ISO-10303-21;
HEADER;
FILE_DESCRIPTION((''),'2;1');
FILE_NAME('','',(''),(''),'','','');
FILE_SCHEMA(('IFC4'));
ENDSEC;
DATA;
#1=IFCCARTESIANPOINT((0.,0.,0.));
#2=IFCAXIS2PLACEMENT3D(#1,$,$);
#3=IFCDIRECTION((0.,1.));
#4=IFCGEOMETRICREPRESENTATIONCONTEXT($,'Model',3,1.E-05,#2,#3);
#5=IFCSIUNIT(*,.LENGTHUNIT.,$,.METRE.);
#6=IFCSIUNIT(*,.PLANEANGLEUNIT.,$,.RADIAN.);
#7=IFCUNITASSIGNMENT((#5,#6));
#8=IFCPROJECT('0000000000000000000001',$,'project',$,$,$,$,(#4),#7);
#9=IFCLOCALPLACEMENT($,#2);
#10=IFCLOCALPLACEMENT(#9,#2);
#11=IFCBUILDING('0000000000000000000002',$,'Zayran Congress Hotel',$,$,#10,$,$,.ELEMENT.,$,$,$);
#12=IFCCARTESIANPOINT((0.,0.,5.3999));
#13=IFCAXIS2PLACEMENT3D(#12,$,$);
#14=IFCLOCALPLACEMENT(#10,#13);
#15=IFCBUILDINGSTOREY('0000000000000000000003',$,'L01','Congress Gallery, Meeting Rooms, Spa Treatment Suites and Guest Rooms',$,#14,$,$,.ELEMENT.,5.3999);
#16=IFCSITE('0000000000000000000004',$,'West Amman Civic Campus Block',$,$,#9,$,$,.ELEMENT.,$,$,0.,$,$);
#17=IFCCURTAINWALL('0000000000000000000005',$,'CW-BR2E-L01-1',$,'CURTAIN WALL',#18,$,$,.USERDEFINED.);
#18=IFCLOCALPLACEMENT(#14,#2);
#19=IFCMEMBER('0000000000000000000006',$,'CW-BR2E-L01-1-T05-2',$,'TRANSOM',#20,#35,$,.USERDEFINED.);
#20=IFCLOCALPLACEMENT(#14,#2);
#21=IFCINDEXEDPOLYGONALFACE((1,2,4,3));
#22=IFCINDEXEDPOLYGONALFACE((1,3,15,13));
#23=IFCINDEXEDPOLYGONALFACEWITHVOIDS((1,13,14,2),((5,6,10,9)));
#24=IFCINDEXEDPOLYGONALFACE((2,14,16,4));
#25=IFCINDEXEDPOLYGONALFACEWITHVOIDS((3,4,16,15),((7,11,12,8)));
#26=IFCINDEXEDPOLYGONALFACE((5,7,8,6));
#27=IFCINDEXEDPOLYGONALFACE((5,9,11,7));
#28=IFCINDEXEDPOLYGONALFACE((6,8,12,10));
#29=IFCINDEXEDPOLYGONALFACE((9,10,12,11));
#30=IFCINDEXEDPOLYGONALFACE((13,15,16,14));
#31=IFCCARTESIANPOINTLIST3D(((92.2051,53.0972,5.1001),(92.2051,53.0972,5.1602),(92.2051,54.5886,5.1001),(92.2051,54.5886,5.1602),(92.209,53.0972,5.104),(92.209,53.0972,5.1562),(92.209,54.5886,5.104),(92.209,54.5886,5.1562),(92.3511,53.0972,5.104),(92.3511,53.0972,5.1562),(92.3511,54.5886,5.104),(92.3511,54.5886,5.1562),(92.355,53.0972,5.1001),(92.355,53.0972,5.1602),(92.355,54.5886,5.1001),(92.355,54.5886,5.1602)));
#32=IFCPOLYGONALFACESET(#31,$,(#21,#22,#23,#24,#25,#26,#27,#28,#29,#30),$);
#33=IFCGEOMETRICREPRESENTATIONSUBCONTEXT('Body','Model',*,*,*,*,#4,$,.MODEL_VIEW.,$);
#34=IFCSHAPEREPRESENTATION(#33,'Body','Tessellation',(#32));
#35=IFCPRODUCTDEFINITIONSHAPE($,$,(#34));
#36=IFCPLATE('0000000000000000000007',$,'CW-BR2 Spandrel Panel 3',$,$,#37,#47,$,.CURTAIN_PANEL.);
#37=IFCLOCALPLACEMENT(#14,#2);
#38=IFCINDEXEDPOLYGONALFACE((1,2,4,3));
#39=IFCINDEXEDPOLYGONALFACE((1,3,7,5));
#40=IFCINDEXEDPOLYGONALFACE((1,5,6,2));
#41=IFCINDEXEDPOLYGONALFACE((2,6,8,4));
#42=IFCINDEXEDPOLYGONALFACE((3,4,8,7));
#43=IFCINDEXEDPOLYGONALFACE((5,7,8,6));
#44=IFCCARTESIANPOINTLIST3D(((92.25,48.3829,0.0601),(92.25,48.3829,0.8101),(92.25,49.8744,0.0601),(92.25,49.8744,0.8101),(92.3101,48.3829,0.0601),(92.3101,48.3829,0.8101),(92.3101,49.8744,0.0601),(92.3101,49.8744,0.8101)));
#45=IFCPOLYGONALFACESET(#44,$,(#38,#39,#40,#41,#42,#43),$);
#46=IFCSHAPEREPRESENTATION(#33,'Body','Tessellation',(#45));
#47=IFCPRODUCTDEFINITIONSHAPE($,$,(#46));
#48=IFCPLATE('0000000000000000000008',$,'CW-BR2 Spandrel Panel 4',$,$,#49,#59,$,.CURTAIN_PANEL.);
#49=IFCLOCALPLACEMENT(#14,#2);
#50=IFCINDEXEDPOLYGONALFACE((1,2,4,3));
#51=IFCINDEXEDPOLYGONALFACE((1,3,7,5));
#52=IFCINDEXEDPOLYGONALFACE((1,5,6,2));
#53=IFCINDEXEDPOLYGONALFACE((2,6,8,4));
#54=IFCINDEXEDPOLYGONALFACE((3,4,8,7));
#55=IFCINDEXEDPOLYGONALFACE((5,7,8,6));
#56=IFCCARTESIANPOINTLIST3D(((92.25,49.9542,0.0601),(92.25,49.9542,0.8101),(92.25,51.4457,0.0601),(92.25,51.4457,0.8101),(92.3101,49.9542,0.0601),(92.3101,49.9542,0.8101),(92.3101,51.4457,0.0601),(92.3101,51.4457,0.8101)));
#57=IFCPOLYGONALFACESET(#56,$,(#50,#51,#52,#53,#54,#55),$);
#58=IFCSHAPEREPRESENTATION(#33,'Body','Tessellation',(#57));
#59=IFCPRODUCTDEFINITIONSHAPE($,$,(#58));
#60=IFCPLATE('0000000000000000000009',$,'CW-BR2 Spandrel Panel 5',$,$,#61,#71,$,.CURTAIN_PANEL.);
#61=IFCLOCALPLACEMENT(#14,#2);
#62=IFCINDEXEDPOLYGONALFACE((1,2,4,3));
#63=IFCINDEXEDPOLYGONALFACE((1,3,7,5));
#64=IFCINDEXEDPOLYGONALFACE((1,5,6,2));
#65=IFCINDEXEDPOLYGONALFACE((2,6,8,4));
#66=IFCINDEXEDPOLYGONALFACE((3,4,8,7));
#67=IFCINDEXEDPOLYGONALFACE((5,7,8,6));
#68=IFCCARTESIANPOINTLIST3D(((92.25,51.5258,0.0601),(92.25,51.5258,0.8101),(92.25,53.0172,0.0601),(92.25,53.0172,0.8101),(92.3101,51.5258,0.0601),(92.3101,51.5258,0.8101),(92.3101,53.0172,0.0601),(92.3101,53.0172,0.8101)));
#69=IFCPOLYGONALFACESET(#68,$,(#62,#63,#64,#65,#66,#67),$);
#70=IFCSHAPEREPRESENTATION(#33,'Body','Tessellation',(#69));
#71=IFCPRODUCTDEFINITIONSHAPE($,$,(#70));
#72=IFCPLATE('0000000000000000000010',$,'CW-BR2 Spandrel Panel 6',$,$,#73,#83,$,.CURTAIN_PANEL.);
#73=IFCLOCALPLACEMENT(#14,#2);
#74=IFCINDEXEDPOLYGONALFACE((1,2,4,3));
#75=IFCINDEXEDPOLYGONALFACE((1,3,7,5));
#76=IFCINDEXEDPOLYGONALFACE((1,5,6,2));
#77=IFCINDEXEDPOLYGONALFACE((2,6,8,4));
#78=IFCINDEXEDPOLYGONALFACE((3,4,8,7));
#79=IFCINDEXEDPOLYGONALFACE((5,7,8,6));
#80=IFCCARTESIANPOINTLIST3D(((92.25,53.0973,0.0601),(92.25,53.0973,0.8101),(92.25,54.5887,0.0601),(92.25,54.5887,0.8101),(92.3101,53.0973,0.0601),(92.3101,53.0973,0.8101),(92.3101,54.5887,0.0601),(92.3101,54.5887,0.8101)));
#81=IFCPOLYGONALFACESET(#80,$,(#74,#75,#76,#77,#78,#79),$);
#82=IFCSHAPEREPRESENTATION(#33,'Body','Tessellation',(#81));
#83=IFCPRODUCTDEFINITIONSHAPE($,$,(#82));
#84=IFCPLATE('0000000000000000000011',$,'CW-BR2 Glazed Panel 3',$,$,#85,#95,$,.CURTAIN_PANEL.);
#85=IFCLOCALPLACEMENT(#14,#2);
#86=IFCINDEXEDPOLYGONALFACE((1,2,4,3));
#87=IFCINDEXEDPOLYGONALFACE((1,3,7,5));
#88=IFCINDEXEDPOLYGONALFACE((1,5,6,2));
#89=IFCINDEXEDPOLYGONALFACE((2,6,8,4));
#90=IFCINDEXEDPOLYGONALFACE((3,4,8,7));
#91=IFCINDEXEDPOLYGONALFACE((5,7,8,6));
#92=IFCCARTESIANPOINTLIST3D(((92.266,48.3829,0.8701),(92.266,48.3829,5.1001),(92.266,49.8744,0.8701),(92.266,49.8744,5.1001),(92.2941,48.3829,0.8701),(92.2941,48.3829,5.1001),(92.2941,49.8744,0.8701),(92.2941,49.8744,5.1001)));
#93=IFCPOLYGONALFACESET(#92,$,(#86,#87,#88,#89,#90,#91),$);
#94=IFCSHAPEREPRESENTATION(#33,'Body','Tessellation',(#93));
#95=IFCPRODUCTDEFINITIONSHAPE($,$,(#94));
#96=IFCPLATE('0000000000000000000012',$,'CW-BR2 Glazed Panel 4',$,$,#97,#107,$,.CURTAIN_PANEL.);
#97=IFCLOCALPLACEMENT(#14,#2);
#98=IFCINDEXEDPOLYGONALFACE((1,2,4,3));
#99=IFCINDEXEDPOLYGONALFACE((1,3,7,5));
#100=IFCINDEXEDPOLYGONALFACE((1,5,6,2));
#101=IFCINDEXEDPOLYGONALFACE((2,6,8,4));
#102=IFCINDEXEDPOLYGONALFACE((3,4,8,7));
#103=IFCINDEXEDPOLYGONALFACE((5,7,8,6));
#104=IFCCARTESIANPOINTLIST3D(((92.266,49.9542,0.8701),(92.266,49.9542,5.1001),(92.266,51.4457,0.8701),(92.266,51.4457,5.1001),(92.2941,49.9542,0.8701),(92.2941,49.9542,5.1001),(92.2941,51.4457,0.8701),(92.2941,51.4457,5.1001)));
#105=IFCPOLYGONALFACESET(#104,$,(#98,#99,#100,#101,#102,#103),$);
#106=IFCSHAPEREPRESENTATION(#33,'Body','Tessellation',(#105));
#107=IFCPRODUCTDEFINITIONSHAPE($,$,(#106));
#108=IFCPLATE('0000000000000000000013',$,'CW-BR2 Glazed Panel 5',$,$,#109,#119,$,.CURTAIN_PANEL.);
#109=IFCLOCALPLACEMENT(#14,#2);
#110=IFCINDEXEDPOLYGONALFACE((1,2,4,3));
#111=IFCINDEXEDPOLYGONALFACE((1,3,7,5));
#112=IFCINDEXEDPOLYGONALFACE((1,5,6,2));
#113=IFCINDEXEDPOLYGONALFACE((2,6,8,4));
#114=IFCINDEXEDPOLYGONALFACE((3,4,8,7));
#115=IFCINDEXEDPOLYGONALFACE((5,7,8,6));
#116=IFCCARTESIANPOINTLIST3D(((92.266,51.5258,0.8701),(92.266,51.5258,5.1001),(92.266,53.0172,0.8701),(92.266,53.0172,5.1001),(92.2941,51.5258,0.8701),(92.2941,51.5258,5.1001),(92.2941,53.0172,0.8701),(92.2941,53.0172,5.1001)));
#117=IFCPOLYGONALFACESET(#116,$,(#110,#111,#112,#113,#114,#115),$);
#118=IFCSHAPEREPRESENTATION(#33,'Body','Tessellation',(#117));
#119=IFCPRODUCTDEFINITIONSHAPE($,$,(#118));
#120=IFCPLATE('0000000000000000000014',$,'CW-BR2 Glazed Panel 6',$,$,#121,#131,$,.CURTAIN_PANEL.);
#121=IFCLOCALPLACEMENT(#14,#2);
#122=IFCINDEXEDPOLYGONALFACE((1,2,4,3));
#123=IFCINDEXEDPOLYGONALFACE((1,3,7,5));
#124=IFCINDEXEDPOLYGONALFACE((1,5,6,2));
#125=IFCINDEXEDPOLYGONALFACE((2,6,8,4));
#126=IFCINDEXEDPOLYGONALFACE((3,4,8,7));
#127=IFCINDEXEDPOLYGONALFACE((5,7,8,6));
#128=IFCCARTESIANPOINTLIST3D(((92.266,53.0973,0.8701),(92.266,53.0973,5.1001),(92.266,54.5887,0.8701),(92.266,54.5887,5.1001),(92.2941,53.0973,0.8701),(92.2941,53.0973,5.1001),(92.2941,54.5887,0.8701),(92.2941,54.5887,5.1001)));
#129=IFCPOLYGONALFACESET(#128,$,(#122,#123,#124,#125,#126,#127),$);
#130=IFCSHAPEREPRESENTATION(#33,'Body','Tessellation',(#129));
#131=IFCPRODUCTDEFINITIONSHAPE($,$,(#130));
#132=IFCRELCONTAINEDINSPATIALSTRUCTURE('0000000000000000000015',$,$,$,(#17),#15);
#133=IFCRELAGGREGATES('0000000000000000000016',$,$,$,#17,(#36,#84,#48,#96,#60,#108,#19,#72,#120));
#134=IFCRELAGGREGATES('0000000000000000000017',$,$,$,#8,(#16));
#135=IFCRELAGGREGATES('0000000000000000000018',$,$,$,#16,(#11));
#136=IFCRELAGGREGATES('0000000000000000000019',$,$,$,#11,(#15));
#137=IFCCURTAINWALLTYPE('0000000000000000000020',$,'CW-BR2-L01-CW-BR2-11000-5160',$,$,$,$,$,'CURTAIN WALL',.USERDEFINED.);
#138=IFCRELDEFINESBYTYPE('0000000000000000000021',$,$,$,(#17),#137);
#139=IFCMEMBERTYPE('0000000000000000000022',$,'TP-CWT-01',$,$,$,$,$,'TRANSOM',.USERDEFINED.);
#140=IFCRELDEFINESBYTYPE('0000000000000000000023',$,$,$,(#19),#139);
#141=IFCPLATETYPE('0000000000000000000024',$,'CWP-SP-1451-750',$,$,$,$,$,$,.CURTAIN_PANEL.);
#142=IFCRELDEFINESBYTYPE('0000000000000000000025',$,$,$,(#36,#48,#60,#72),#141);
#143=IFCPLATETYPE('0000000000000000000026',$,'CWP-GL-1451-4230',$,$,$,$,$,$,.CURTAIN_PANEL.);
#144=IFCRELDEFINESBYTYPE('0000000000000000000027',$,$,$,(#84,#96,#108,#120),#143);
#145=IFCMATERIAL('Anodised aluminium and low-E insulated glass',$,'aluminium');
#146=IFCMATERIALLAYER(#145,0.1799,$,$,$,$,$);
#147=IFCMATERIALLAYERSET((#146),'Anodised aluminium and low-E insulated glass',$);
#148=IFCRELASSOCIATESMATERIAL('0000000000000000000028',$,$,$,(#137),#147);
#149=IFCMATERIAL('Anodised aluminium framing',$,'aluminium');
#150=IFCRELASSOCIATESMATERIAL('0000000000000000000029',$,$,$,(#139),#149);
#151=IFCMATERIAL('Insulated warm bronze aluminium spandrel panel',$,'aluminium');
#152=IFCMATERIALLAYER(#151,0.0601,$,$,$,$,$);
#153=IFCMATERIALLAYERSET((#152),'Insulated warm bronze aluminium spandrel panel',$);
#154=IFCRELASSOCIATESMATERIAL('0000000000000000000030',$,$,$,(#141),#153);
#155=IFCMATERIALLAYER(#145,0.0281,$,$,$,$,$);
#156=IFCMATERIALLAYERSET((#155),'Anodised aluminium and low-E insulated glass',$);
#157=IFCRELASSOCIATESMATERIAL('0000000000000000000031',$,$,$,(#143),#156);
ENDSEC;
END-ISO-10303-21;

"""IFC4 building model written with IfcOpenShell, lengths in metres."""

from ifc_helpers import new_model, si_unit, direction, frame, origin, origin_2d, place, context, subcontext, project, spatial, rectangle, hollow_rectangle, extrude, material, layer, layer_set, material_profile, profile_set, type_object, element, aggregate, save


model = new_model("IFC4")

# Units and contexts
model_context = context("Model", 3, precision=1e-05, world=origin(), true_north=direction((0.0, 1.0)))
body_context = subcontext(model_context, "Body", "Model", "MODEL_VIEW")
ifc_project = project(units=[si_unit("LENGTHUNIT", "METRE"), si_unit("PLANEANGLEUNIT", "RADIAN")], contexts=[model_context])

# Site, building, storey
site_placement = place(None, origin())
site = spatial("IfcSite", under=ifc_project, at=site_placement, Name="West Amman Civic Campus Block", CompositionType="ELEMENT", RefElevation=0.0)
building_placement = place(site_placement, origin())
building = spatial("IfcBuilding", under=site, at=building_placement, Name="Zayran Congress Hotel", CompositionType="ELEMENT")
storey_placement = place(building_placement, frame((0.0, 0.0, 5.3999)))
storey = spatial("IfcBuildingStorey", under=building, at=storey_placement, Name="L01", Description="Congress Gallery, Meeting Rooms, Spa Treatment Suites and Guest Rooms", CompositionType="ELEMENT", Elevation=5.3999)

# Curtain wall, member, plates
ifc_material_1 = material(Name="Anodised aluminium and low-E insulated glass", Category="aluminium")
ifc_layer_1 = layer(ifc_material_1, 0.1799)
ifc_layer_set_1 = layer_set([ifc_layer_1], Name="Anodised aluminium and low-E insulated glass")
curtain_wall_type = type_object("IfcCurtainWallType", Name="CW-BR2-L01-CW-BR2-11000-5160", ElementType="CURTAIN WALL", PredefinedType="USERDEFINED", material=ifc_layer_set_1)
curtain_wall_placement = place(storey_placement, origin())
curtain_wall = element("IfcCurtainWall", 1, at=curtain_wall_placement, inside=storey, type_object=curtain_wall_type, Name="CW-BR2E-L01-1", ObjectType="CURTAIN WALL", PredefinedType="USERDEFINED")
ifc_material_2 = material(Name="Anodised aluminium framing", Category="aluminium")
ifc_material_profile_1 = material_profile(ifc_material_2, hollow_rectangle(XDim=0.0601, YDim=0.1499, WallThickness=0.0039, at=origin_2d()), Name="RHS 150x60x4")
ifc_profile_set_1 = profile_set([ifc_material_profile_1], Name="Anodised aluminium framing")
member_type_1 = type_object("IfcMemberType", Name="TP-CWT-01", ElementType="TRANSOM", PredefinedType="USERDEFINED", material=ifc_profile_set_1)
member_1_placement = place(storey_placement, frame((92.28, 53.0972, 5.1301), z_axis=(0.0, 1.0, 0.0), x_axis=(0.0, 0.0, 1.0)))
member_1 = element("IfcMember", 2, at=member_1_placement, type_object=member_type_1, Name="CW-BR2E-L01-1-T05-2", ObjectType="TRANSOM", PredefinedType="USERDEFINED", context=body_context, shape_type="SweptSolid", body=[
    extrude(hollow_rectangle(XDim=0.0601, YDim=0.1499, WallThickness=0.0039, at=origin_2d()), origin(), (0.0, 0.0, 1.0), 1.4915),
])
ifc_material_3 = material(Name="Insulated warm bronze aluminium spandrel panel", Category="aluminium")
ifc_layer_2 = layer(ifc_material_3, 0.0601)
ifc_layer_set_2 = layer_set([ifc_layer_2], Name="Insulated warm bronze aluminium spandrel panel")
plate_type_1 = type_object("IfcPlateType", Name="CWP-SP-1451-750", PredefinedType="CURTAIN_PANEL", material=ifc_layer_set_2)
plate_1_placement = place(storey_placement, frame((92.28, 49.1287, 0.0601), z_axis=(0.0, 0.0, 1.0), x_axis=(0.0, 1.0, 0.0)))
plate_1 = element("IfcPlate", 3, at=plate_1_placement, type_object=plate_type_1, Name="CW-BR2 Spandrel Panel 3", PredefinedType="CURTAIN_PANEL", context=body_context, shape_type="SweptSolid", body=[
    extrude(rectangle(XDim=1.4915, YDim=0.0601, at=origin_2d()), origin(), (0.0, 0.0, 1.0), 0.75),
])
plate_2_placement = place(storey_placement, frame((92.28, 50.7, 0.0601), z_axis=(0.0, 0.0, 1.0), x_axis=(0.0, 1.0, 0.0)))
plate_2 = element("IfcPlate", 4, at=plate_2_placement, type_object=plate_type_1, Name="CW-BR2 Spandrel Panel 4", PredefinedType="CURTAIN_PANEL", context=body_context, shape_type="SweptSolid", body=[
    extrude(rectangle(XDim=1.4915, YDim=0.0601, at=origin_2d()), origin(), (0.0, 0.0, 1.0), 0.75),
])
plate_3_placement = place(storey_placement, frame((92.28, 52.2715, 0.0601), z_axis=(0.0, 0.0, 1.0), x_axis=(0.0, 1.0, 0.0)))
plate_3 = element("IfcPlate", 5, at=plate_3_placement, type_object=plate_type_1, Name="CW-BR2 Spandrel Panel 5", PredefinedType="CURTAIN_PANEL", context=body_context, shape_type="SweptSolid", body=[
    extrude(rectangle(XDim=1.4915, YDim=0.0601, at=origin_2d()), origin(), (0.0, 0.0, 1.0), 0.75),
])
plate_4_placement = place(storey_placement, frame((92.28, 53.843, 0.0601), z_axis=(0.0, 0.0, 1.0), x_axis=(0.0, 1.0, 0.0)))
plate_4 = element("IfcPlate", 6, at=plate_4_placement, type_object=plate_type_1, Name="CW-BR2 Spandrel Panel 6", PredefinedType="CURTAIN_PANEL", context=body_context, shape_type="SweptSolid", body=[
    extrude(rectangle(XDim=1.4915, YDim=0.0601, at=origin_2d()), origin(), (0.0, 0.0, 1.0), 0.75),
])
ifc_layer_3 = layer(ifc_material_1, 0.0281)
ifc_layer_set_3 = layer_set([ifc_layer_3], Name="Anodised aluminium and low-E insulated glass")
plate_type_2 = type_object("IfcPlateType", Name="CWP-GL-1451-4230", PredefinedType="CURTAIN_PANEL", material=ifc_layer_set_3)
plate_5_placement = place(storey_placement, frame((92.28, 49.1287, 0.8701), z_axis=(0.0, 0.0, 1.0), x_axis=(0.0, 1.0, 0.0)))
plate_5 = element("IfcPlate", 7, at=plate_5_placement, type_object=plate_type_2, Name="CW-BR2 Glazed Panel 3", PredefinedType="CURTAIN_PANEL", context=body_context, shape_type="SweptSolid", body=[
    extrude(rectangle(XDim=1.4915, YDim=0.0281, at=origin_2d()), origin(), (0.0, 0.0, 1.0), 4.23),
])
plate_6_placement = place(storey_placement, frame((92.28, 50.7, 0.8701), z_axis=(0.0, 0.0, 1.0), x_axis=(0.0, 1.0, 0.0)))
plate_6 = element("IfcPlate", 8, at=plate_6_placement, type_object=plate_type_2, Name="CW-BR2 Glazed Panel 4", PredefinedType="CURTAIN_PANEL", context=body_context, shape_type="SweptSolid", body=[
    extrude(rectangle(XDim=1.4915, YDim=0.0281, at=origin_2d()), origin(), (0.0, 0.0, 1.0), 4.23),
])
plate_7_placement = place(storey_placement, frame((92.28, 52.2715, 0.8701), z_axis=(0.0, 0.0, 1.0), x_axis=(0.0, 1.0, 0.0)))
plate_7 = element("IfcPlate", 9, at=plate_7_placement, type_object=plate_type_2, Name="CW-BR2 Glazed Panel 5", PredefinedType="CURTAIN_PANEL", context=body_context, shape_type="SweptSolid", body=[
    extrude(rectangle(XDim=1.4915, YDim=0.0281, at=origin_2d()), origin(), (0.0, 0.0, 1.0), 4.23),
])
plate_8_placement = place(storey_placement, frame((92.28, 53.843, 0.8701), z_axis=(0.0, 0.0, 1.0), x_axis=(0.0, 1.0, 0.0)))
plate_8 = element("IfcPlate", 10, at=plate_8_placement, type_object=plate_type_2, Name="CW-BR2 Glazed Panel 6", PredefinedType="CURTAIN_PANEL", context=body_context, shape_type="SweptSolid", body=[
    extrude(rectangle(XDim=1.4915, YDim=0.0281, at=origin_2d()), origin(), (0.0, 0.0, 1.0), 4.23),
])
aggregate(curtain_wall, [plate_1, plate_5, plate_2, plate_6, plate_3, plate_7, member_1, plate_4, plate_8])

save(model, "model.ifc")
